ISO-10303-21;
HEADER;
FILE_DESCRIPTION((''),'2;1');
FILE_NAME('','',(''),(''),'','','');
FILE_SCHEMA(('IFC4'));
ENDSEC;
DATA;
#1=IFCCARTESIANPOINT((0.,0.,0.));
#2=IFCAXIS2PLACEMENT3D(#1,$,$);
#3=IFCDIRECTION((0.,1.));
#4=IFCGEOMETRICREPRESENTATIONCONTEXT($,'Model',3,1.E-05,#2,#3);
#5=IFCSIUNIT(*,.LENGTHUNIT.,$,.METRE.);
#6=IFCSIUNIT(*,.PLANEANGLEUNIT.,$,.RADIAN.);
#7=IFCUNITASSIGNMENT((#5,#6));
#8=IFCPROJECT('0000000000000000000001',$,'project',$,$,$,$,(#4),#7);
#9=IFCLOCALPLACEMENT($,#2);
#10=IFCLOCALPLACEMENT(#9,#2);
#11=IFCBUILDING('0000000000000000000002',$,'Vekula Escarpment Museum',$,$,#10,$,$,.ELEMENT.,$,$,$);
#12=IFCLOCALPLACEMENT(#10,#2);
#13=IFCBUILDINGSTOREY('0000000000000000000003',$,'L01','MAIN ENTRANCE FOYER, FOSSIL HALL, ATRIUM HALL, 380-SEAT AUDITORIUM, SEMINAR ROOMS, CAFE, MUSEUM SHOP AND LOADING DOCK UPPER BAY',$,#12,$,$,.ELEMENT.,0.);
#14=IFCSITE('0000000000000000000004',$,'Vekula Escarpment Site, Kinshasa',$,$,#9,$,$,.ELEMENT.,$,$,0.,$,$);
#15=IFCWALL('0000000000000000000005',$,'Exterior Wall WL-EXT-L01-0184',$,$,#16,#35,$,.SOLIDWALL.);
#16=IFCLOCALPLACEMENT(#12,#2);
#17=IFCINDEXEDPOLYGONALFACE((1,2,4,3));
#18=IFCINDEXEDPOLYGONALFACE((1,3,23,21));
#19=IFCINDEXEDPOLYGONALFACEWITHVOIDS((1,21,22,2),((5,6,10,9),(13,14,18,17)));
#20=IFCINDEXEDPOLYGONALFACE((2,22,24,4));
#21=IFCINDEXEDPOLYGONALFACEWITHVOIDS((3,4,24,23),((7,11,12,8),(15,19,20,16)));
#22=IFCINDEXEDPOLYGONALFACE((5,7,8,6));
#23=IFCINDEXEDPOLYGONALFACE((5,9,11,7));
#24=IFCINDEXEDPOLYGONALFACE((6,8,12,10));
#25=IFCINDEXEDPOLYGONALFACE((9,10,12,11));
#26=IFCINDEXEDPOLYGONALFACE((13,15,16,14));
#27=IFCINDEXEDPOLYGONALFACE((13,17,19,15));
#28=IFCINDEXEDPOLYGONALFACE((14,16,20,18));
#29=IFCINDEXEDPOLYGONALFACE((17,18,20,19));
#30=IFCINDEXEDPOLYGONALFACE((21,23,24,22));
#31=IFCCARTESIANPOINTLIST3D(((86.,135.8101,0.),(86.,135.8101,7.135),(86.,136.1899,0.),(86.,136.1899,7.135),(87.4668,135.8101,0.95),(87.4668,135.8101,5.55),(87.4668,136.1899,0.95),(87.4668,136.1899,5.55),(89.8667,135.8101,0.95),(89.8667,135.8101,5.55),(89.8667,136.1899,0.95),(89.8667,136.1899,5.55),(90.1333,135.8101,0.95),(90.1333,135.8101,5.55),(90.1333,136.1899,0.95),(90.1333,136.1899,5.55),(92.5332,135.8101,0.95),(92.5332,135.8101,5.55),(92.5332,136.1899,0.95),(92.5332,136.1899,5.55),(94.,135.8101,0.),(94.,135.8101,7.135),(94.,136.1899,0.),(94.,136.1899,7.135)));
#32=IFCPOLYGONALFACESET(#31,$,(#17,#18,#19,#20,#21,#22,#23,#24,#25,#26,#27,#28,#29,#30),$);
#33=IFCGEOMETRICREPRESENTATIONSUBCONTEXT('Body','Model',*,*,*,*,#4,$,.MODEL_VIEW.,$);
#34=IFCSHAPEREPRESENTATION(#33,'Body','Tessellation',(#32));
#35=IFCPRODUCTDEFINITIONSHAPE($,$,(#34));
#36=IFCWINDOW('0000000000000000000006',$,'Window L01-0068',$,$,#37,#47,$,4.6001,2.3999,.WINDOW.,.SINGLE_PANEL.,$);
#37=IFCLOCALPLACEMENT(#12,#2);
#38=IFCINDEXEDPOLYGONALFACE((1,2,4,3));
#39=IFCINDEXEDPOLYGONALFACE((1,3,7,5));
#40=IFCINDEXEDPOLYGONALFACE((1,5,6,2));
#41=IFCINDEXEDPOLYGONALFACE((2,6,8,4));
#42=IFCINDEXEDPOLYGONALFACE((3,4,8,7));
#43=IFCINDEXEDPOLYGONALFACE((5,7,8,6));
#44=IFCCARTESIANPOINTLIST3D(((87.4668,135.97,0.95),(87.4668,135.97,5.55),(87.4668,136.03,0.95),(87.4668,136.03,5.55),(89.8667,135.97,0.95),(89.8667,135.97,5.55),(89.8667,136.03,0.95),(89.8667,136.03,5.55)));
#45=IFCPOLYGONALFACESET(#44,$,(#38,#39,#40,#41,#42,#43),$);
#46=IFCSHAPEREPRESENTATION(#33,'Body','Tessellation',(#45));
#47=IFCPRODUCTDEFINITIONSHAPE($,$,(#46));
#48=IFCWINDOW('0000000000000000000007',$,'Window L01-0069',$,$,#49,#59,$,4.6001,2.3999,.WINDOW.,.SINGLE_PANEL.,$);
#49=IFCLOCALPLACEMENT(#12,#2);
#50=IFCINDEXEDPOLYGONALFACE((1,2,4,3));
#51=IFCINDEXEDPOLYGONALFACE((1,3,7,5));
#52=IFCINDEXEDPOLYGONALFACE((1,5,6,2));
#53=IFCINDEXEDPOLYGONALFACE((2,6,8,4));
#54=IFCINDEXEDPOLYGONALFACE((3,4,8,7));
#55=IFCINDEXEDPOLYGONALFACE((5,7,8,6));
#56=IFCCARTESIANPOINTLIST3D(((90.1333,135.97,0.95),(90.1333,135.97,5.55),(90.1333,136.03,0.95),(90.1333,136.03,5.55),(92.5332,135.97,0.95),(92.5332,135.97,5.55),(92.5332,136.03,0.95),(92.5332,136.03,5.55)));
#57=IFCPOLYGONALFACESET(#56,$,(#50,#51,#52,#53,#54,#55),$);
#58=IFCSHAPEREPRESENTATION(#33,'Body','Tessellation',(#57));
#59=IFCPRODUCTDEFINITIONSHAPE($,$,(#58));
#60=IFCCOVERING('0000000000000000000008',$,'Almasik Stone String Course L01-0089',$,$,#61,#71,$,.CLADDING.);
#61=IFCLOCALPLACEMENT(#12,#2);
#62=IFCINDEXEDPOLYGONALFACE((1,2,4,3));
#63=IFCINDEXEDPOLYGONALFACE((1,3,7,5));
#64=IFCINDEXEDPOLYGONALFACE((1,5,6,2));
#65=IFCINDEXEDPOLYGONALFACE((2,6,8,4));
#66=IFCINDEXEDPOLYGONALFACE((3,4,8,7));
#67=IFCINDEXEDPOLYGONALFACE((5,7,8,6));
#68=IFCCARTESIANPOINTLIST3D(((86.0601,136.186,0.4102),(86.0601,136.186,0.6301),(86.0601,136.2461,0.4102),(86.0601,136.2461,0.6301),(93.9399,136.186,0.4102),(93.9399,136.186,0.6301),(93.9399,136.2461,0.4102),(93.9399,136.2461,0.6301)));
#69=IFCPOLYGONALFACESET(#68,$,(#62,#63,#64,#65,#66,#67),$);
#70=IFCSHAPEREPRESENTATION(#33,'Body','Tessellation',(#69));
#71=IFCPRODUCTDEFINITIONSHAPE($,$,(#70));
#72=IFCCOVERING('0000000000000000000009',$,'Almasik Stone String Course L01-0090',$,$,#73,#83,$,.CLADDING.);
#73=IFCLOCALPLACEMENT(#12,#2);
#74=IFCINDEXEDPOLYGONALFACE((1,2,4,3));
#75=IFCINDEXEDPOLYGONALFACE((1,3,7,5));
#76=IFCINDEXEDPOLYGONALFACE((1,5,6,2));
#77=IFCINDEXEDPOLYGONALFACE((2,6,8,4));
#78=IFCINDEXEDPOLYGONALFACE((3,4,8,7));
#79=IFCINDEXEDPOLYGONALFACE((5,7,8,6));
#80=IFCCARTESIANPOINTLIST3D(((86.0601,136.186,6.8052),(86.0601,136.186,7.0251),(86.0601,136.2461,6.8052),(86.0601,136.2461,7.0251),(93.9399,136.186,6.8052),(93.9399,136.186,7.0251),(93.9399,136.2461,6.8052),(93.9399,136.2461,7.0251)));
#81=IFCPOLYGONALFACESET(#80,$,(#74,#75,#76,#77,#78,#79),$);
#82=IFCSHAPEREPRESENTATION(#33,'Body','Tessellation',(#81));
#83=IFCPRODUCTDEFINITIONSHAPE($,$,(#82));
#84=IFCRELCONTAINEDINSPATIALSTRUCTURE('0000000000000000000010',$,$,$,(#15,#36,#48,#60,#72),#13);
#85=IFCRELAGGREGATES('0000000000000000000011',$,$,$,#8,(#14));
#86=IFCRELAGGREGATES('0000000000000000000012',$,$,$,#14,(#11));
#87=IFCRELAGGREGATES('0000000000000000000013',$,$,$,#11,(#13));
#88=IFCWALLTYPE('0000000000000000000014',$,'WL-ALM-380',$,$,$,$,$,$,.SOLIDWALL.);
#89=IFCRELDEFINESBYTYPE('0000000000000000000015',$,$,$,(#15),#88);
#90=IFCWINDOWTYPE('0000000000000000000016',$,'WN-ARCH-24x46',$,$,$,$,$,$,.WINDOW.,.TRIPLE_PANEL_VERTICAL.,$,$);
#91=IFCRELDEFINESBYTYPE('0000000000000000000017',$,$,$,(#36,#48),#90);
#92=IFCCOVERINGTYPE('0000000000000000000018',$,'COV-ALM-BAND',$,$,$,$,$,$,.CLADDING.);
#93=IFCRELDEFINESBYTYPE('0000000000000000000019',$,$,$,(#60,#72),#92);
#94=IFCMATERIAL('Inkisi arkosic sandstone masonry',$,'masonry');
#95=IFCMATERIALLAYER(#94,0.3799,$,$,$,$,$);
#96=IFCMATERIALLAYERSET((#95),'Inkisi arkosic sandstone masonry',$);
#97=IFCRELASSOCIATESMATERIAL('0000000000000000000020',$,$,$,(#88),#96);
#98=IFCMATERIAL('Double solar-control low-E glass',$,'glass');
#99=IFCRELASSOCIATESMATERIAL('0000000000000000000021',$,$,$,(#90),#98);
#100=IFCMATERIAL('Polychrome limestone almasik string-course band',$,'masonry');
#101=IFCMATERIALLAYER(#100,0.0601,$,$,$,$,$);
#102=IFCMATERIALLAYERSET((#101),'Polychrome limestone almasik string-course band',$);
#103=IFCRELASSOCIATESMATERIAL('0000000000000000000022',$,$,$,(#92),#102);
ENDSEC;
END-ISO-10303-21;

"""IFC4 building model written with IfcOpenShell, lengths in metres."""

from ifc_helpers import new_model, si_unit, direction, frame, frame_2d, origin, origin_2d, place, context, subcontext, project, spatial, rectangle, extrude, material, layer, layer_set, type_object, element, fill, save


model = new_model("IFC4")

# Units and contexts
model_context = context("Model", 3, precision=1e-05, world=origin(), true_north=direction((0.0, 1.0)))
body_context = subcontext(model_context, "Body", "Model", "MODEL_VIEW")
ifc_project = project(units=[si_unit("LENGTHUNIT", "METRE"), si_unit("PLANEANGLEUNIT", "RADIAN")], contexts=[model_context])

# Site, building, storey
site_placement = place(None, origin())
site = spatial("IfcSite", under=ifc_project, at=site_placement, Name="Vekula Escarpment Site, Kinshasa", CompositionType="ELEMENT", RefElevation=0.0)
building_placement = place(site_placement, origin())
building = spatial("IfcBuilding", under=site, at=building_placement, Name="Vekula Escarpment Museum", CompositionType="ELEMENT")
storey_placement = place(building_placement, origin())
storey = spatial("IfcBuildingStorey", under=building, at=storey_placement, Name="L01", Description="MAIN ENTRANCE FOYER, FOSSIL HALL, ATRIUM HALL, 380-SEAT AUDITORIUM, SEMINAR ROOMS, CAFE, MUSEUM SHOP AND LOADING DOCK UPPER BAY", CompositionType="ELEMENT", Elevation=0.0)

# Wall, openings, windows
ifc_material_1 = material(Name="Inkisi arkosic sandstone masonry", Category="masonry")
ifc_layer_1 = layer(ifc_material_1, 0.3799)
ifc_layer_set_1 = layer_set([ifc_layer_1], Name="Inkisi arkosic sandstone masonry")
wall_type_1 = type_object("IfcWallType", Name="WL-ALM-380", PredefinedType="SOLIDWALL", material=ifc_layer_set_1)
wall_1_placement = place(storey_placement, frame((86.0, 136.0, 0.0), z_axis=(0.0, 0.0, 1.0), x_axis=(1.0, 0.0, 0.0)))
wall_1 = element("IfcWall", 1, at=wall_1_placement, inside=storey, type_object=wall_type_1, Name="Exterior Wall WL-EXT-L01-0184", PredefinedType="SOLIDWALL", context=body_context, shape_type="SweptSolid", body=[
    extrude(rectangle(XDim=8.0, YDim=0.3799, at=frame_2d((4.0, 0.0))), origin(), (0.0, 0.0, 1.0), 7.135),
])
opening_1_placement = place(wall_1_placement, frame((1.4668, 0.0, 0.95)))
opening_1 = element("IfcOpeningElement", 2, at=opening_1_placement, cuts=wall_1, PredefinedType="OPENING", context=body_context, shape_type="SweptSolid", body=[
    extrude(rectangle(XDim=2.3999, YDim=4.6001, at=frame_2d((1.2, 2.3))), frame((0.0, 0.2, 0.0), z_axis=(0.0, -1.0, 0.0), x_axis=(1.0, 0.0, 0.0)), (0.0, 0.0, 1.0), 0.3999),
])
opening_2_placement = place(wall_1_placement, frame((4.1333, 0.0, 0.95)))
opening_2 = element("IfcOpeningElement", 3, at=opening_2_placement, cuts=wall_1, PredefinedType="OPENING", context=body_context, shape_type="SweptSolid", body=[
    extrude(rectangle(XDim=2.3999, YDim=4.6001, at=frame_2d((1.2, 2.3))), frame((0.0, 0.2, 0.0), z_axis=(0.0, -1.0, 0.0), x_axis=(1.0, 0.0, 0.0)), (0.0, 0.0, 1.0), 0.3999),
])
ifc_material_2 = material(Name="Double solar-control low-E glass", Category="glass")
window_type_1 = type_object("IfcWindowType", Name="WN-ARCH-24x46", PartitioningType="TRIPLE_PANEL_VERTICAL", PredefinedType="WINDOW", material=ifc_material_2)
window_1_placement = place(opening_1_placement, origin())
window_1 = element("IfcWindow", 4, at=window_1_placement, inside=storey, type_object=window_type_1, Name="Window L01-0068", OverallHeight=4.6001, OverallWidth=2.3999, PartitioningType="SINGLE_PANEL", PredefinedType="WINDOW", context=body_context, shape_type="SweptSolid", body=[
    extrude(rectangle(XDim=2.3999, YDim=4.6001, at=frame_2d((1.2, 2.3))), frame((0.0, 0.03, 0.0), z_axis=(0.0, -1.0, 0.0), x_axis=(1.0, 0.0, 0.0)), (0.0, 0.0, 1.0), 0.0601),
])
fill(opening_1, window_1)
window_2_placement = place(opening_2_placement, origin())
window_2 = element("IfcWindow", 5, at=window_2_placement, inside=storey, type_object=window_type_1, Name="Window L01-0069", OverallHeight=4.6001, OverallWidth=2.3999, PartitioningType="SINGLE_PANEL", PredefinedType="WINDOW", context=body_context, shape_type="SweptSolid", body=[
    extrude(rectangle(XDim=2.3999, YDim=4.6001, at=frame_2d((1.2, 2.3))), frame((0.0, 0.03, 0.0), z_axis=(0.0, -1.0, 0.0), x_axis=(1.0, 0.0, 0.0)), (0.0, 0.0, 1.0), 0.0601),
])
fill(opening_2, window_2)

# Coverings
ifc_material_3 = material(Name="Polychrome limestone almasik string-course band", Category="masonry")
ifc_layer_2 = layer(ifc_material_3, 0.0601)
ifc_layer_set_2 = layer_set([ifc_layer_2], Name="Polychrome limestone almasik string-course band")
covering_type = type_object("IfcCoveringType", Name="COV-ALM-BAND", PredefinedType="CLADDING", material=ifc_layer_set_2)
for number, where, z_axis, x_axis, name in (
    (6, (90.0, 136.2161, 0.4102), (0.0, 0.0, 1.0), (1.0, 0.0, 0.0), "Almasik Stone String Course L01-0089"),
    (7, (90.0, 136.2161, 6.8052), (0.0, 0.0, 1.0), (1.0, 0.0, 0.0), "Almasik Stone String Course L01-0090"),
):
    element("IfcCovering", number, at=place(storey_placement, frame(where, z_axis=z_axis, x_axis=x_axis)), inside=storey, type_object=covering_type, Name=name, PredefinedType="CLADDING", context=body_context, shape_type="SweptSolid", body=[
        extrude(rectangle(XDim=7.8799, YDim=0.0601, at=origin_2d()), origin(), (0.0, 0.0, 1.0), 0.22),
    ])

save(model, "model.ifc")
